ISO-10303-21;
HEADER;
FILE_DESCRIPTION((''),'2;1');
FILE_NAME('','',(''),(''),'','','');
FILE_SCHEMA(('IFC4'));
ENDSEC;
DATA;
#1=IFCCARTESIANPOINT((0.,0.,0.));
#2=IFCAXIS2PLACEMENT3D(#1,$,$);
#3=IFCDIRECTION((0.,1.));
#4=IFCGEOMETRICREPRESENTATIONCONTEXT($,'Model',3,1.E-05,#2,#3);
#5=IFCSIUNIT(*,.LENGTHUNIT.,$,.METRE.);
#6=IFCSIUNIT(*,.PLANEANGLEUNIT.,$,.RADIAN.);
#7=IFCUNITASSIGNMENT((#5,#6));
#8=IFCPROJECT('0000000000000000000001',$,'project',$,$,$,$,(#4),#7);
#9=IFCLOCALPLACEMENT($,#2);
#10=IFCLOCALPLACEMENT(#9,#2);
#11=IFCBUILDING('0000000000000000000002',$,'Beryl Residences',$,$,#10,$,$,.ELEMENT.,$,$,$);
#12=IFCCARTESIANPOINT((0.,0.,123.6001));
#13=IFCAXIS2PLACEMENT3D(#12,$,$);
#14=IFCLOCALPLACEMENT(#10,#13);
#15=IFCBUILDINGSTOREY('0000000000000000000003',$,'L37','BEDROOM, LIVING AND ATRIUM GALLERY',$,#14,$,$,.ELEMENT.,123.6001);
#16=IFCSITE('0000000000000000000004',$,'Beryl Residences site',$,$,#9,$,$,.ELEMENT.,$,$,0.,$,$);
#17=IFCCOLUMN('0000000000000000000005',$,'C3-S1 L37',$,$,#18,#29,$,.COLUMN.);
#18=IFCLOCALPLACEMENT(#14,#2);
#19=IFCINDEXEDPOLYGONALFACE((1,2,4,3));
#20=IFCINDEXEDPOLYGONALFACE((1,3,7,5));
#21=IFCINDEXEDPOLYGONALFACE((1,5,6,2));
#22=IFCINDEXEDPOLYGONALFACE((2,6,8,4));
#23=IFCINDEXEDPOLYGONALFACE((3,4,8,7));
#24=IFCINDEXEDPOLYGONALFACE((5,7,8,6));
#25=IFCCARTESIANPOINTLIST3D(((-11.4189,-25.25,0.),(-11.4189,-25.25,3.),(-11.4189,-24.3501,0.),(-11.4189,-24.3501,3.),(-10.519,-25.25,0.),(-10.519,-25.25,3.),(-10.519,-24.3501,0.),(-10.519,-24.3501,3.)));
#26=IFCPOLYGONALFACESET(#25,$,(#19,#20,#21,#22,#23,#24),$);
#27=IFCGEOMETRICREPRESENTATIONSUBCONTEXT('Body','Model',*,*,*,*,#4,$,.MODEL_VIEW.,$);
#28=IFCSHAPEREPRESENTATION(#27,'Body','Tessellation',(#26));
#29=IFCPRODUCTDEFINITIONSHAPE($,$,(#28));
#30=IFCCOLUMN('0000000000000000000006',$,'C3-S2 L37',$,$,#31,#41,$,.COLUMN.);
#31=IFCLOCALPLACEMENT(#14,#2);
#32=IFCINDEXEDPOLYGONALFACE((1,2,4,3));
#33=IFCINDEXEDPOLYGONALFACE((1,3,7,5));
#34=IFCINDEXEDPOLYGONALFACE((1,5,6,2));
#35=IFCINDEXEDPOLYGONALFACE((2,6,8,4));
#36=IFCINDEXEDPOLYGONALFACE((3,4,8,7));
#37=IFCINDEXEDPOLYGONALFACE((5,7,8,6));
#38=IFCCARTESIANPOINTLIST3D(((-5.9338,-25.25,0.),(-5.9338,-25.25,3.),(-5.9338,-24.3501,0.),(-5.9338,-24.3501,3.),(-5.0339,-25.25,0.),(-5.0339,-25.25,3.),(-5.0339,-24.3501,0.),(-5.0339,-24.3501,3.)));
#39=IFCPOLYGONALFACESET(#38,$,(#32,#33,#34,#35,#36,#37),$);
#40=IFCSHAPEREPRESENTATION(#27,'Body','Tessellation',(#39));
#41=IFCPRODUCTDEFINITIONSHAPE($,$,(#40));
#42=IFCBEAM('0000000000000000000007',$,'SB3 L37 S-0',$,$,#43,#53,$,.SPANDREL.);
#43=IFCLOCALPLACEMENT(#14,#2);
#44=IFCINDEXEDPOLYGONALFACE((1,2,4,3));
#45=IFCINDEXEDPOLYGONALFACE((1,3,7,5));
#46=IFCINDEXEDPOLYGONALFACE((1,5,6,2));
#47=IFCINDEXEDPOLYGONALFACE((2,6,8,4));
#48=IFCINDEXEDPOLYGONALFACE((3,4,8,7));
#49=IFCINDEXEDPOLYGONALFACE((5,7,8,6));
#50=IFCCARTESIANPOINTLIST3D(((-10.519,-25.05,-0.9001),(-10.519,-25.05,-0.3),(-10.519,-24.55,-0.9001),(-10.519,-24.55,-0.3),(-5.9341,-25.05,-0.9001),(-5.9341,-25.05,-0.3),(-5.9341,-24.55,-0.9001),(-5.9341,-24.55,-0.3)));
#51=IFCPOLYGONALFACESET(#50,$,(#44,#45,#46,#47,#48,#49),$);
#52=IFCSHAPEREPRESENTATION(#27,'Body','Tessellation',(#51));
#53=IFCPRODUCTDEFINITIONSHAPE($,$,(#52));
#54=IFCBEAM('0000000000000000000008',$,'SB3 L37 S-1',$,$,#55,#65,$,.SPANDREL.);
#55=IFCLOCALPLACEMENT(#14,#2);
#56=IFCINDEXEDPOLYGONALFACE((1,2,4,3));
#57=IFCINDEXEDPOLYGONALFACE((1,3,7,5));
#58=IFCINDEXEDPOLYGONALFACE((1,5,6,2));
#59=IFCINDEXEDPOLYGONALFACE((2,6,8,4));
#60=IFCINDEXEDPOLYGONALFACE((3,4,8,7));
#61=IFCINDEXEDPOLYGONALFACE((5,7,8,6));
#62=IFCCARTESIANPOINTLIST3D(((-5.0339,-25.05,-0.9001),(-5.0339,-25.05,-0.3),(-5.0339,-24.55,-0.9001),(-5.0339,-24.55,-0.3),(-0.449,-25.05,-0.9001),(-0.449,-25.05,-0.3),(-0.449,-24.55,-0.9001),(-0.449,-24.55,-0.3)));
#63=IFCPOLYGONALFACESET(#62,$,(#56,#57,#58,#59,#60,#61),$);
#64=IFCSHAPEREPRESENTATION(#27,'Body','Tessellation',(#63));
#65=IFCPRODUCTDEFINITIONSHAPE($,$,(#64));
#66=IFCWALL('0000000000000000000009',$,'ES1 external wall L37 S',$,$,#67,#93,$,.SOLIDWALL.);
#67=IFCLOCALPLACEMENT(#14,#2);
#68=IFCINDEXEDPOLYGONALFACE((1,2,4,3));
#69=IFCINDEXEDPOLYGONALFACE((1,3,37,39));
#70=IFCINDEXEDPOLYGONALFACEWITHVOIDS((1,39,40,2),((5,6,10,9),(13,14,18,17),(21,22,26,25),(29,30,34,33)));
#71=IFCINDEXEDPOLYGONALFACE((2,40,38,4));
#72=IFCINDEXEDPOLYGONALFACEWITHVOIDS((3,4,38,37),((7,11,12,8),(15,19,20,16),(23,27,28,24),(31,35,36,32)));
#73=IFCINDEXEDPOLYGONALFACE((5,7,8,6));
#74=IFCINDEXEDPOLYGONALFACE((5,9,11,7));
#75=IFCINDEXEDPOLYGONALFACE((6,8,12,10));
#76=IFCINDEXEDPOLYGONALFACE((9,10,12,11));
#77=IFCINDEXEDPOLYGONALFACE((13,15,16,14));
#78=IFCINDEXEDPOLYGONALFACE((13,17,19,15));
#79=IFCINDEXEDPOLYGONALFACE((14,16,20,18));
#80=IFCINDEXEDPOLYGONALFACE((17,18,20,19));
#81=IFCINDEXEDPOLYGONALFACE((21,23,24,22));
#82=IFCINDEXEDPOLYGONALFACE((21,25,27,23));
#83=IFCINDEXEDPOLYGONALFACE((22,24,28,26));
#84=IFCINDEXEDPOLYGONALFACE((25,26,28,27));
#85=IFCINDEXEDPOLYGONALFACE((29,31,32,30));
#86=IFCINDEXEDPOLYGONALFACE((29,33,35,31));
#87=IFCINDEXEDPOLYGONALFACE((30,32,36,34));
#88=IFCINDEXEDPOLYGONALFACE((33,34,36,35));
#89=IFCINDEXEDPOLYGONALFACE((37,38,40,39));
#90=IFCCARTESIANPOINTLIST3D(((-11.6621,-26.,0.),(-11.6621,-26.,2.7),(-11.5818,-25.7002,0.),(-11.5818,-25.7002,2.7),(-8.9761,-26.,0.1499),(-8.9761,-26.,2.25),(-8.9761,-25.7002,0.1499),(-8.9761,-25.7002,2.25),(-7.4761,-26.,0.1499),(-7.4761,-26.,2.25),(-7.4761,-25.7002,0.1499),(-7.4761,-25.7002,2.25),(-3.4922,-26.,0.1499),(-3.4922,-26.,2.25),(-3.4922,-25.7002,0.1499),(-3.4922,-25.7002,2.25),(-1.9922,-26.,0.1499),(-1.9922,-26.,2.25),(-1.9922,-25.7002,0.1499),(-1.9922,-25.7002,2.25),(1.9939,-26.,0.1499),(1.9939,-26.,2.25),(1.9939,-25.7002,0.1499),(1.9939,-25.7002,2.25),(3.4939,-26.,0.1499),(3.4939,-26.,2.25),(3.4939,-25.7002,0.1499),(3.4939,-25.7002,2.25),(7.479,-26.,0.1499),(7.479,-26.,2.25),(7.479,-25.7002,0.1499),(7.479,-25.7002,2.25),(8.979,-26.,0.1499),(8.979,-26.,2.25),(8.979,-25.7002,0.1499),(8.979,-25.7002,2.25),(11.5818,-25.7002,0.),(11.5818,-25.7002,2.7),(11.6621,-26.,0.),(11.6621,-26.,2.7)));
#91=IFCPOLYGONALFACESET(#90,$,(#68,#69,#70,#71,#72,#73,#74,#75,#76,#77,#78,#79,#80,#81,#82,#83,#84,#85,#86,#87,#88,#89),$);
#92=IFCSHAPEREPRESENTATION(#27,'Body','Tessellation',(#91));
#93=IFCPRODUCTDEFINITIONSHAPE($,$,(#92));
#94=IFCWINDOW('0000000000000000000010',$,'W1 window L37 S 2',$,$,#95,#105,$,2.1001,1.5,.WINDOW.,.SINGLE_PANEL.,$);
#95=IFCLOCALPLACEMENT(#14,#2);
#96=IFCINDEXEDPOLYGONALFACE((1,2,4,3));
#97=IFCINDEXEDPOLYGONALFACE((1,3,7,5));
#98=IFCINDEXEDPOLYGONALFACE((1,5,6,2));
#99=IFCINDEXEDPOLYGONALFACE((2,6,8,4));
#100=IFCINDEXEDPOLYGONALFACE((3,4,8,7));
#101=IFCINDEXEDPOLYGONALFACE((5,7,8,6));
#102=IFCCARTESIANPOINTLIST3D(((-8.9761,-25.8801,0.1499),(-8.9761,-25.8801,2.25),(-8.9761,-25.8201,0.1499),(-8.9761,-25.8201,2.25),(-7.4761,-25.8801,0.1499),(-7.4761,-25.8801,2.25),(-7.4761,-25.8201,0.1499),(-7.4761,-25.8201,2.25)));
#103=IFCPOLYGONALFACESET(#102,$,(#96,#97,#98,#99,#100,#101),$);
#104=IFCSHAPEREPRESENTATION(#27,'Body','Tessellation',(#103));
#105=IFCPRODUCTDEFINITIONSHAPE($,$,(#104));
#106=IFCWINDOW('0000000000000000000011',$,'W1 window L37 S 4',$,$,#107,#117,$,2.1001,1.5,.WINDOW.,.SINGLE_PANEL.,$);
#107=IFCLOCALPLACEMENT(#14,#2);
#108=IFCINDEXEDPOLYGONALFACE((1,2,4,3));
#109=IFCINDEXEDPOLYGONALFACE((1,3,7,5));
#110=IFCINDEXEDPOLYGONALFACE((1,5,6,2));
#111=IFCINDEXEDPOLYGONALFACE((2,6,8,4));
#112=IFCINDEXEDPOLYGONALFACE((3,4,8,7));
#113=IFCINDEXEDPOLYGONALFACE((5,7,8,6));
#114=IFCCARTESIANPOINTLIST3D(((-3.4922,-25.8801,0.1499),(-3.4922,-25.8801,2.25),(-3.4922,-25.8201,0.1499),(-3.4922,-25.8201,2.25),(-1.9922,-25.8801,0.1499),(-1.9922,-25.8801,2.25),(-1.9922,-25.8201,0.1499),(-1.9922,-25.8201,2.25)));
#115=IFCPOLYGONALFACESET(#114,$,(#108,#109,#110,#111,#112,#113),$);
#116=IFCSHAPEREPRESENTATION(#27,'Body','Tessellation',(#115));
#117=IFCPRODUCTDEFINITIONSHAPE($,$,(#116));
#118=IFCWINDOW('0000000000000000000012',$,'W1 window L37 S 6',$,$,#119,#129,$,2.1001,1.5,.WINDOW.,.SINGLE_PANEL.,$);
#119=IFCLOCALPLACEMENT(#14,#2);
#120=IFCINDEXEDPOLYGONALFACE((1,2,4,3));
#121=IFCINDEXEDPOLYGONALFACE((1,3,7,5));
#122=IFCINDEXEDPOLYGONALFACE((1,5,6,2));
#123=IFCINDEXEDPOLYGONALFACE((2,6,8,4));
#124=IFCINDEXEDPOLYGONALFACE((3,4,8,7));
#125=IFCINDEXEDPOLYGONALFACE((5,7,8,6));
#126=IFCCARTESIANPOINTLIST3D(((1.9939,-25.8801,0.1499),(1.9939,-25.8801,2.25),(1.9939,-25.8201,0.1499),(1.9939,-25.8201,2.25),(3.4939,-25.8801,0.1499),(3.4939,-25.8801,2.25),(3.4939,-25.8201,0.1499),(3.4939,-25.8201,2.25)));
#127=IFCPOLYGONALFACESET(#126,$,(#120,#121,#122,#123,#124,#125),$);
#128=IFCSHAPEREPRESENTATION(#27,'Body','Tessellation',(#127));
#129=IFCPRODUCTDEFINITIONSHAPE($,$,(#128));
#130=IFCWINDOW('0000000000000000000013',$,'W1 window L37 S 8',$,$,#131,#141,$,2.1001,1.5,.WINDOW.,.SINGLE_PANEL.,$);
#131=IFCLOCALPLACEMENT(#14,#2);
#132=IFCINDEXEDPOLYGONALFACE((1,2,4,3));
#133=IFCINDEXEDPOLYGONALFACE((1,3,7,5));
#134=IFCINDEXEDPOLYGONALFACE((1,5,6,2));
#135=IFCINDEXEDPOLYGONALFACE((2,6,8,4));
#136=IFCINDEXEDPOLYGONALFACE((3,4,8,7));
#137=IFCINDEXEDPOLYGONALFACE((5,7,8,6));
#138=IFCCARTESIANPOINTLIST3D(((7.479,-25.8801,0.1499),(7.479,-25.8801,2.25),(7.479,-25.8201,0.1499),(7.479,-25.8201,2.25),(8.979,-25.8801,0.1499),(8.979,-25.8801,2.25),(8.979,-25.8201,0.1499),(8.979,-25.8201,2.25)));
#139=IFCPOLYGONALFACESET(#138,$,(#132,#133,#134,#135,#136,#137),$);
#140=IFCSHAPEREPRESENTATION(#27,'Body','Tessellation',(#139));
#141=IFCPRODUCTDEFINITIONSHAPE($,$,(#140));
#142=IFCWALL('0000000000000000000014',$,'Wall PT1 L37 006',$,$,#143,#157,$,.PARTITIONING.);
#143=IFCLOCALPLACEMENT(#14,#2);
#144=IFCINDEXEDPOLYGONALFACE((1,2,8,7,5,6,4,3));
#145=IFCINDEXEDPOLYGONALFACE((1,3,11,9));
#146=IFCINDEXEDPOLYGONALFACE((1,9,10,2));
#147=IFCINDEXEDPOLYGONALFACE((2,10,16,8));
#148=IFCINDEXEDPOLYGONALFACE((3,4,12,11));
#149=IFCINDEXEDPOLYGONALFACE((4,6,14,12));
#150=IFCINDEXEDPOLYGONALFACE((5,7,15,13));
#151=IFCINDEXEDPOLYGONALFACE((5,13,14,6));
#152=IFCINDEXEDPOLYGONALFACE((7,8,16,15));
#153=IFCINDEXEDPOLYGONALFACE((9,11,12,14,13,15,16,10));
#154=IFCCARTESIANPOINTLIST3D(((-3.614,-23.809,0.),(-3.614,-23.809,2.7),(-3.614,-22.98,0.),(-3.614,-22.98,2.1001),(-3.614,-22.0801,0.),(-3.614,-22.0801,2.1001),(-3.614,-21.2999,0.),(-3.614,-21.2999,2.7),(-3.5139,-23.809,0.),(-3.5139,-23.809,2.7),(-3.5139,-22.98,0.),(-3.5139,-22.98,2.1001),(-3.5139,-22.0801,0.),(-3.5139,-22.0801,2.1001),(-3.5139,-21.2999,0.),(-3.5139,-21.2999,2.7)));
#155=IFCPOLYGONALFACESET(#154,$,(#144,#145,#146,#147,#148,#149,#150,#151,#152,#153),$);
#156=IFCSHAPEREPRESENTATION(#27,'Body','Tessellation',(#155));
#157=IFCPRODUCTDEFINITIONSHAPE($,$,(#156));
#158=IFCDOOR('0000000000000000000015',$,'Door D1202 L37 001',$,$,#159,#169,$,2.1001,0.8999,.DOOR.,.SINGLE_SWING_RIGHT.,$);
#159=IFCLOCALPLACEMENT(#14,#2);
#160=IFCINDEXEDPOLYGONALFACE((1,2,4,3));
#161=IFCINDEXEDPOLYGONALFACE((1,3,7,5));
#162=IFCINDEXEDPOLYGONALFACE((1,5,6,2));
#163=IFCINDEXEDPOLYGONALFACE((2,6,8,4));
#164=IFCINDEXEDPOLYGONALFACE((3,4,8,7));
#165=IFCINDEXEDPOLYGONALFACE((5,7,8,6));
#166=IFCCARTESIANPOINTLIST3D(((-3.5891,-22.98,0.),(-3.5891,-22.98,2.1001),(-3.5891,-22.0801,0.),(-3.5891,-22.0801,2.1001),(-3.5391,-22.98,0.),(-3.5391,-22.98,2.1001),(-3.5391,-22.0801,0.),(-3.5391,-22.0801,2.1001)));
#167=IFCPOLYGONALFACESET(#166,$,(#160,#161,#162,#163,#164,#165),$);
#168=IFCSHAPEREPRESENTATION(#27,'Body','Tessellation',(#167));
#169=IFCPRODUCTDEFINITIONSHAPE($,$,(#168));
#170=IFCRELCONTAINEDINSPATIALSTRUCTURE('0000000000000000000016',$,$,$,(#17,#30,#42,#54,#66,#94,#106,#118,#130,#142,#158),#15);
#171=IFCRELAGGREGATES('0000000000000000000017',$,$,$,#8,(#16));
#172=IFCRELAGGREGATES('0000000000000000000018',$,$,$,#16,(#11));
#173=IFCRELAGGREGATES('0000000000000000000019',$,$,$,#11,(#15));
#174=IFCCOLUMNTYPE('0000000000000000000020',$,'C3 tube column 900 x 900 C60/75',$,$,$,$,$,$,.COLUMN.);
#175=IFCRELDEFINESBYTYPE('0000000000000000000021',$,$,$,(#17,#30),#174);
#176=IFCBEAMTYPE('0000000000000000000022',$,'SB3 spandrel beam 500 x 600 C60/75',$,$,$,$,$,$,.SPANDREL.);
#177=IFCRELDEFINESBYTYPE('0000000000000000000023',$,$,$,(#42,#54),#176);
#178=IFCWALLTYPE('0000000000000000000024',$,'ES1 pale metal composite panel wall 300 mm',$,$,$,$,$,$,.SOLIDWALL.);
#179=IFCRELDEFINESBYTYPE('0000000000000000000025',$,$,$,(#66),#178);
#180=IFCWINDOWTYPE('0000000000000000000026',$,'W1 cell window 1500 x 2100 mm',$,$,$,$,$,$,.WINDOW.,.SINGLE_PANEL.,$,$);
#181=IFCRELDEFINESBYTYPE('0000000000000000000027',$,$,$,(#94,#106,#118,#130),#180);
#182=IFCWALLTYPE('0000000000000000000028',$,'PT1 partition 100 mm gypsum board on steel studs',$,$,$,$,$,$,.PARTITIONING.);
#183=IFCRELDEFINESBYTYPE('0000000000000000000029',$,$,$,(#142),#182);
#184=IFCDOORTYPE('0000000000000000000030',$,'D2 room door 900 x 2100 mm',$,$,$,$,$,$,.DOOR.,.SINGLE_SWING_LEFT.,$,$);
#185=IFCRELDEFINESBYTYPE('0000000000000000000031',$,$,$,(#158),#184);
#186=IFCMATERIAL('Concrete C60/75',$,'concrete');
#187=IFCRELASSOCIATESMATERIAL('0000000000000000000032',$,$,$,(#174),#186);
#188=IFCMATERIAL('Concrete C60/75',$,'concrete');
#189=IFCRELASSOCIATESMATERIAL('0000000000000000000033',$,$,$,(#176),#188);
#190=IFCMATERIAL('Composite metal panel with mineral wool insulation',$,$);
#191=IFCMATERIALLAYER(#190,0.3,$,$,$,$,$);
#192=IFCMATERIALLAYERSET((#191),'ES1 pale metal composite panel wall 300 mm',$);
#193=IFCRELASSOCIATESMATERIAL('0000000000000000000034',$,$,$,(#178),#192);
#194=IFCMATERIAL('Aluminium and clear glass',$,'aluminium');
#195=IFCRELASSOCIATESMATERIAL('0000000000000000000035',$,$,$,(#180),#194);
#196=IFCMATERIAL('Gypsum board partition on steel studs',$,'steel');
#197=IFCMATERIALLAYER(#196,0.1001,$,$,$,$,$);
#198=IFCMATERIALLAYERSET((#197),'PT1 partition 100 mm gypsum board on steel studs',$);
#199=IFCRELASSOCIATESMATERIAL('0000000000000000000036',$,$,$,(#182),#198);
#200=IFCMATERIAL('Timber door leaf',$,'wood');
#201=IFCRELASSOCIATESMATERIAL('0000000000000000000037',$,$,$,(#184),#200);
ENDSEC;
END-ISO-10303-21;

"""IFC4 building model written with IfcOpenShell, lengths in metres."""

from ifc_helpers import new_model, si_unit, direction, frame, frame_2d, origin, origin_2d, place, context, subcontext, project, spatial, polyline, rectangle, outline, extrude, material, layer, layer_set, material_profile, profile_set, type_object, element, fill, save


model = new_model("IFC4")

# Units and contexts
model_context = context("Model", 3, precision=1e-05, world=origin(), true_north=direction((0.0, 1.0)))
body_context = subcontext(model_context, "Body", "Model", "MODEL_VIEW")
ifc_project = project(units=[si_unit("LENGTHUNIT", "METRE"), si_unit("PLANEANGLEUNIT", "RADIAN")], contexts=[model_context])

# Site, building, storey
site_placement = place(None, origin())
site = spatial("IfcSite", under=ifc_project, at=site_placement, Name="Beryl Residences site", CompositionType="ELEMENT", RefElevation=0.0)
building_placement = place(site_placement, origin())
building = spatial("IfcBuilding", under=site, at=building_placement, Name="Beryl Residences", CompositionType="ELEMENT")
storey_placement = place(building_placement, frame((0.0, 0.0, 123.6001)))
storey = spatial("IfcBuildingStorey", under=building, at=storey_placement, Name="L37", Description="BEDROOM, LIVING AND ATRIUM GALLERY", CompositionType="ELEMENT", Elevation=123.6001)

# Columns
ifc_material_1 = material(Name="Concrete C60/75", Category="concrete")
ifc_material_profile_1 = material_profile(ifc_material_1, rectangle(XDim=0.8999, YDim=0.8999, at=origin_2d()))
ifc_profile_set_1 = profile_set([ifc_material_profile_1], Name="Concrete C60/75")
column_type = type_object("IfcColumnType", Name="C3 tube column 900 x 900 C60/75", PredefinedType="COLUMN", material=ifc_profile_set_1)
for number, where, z_axis, x_axis, name in (
    (1, (-10.969, -24.8, 0.0), (0.0, 0.0, 1.0), (1.0, 0.0, 0.0), "C3-S1 L37"),
    (2, (-5.4839, -24.8, 0.0), (0.0, 0.0, 1.0), (1.0, 0.0, 0.0), "C3-S2 L37"),
):
    element("IfcColumn", number, at=place(storey_placement, frame(where, z_axis=z_axis, x_axis=x_axis)), inside=storey, type_object=column_type, Name=name, PredefinedType="COLUMN", context=body_context, shape_type="SweptSolid", body=[
        extrude(rectangle(XDim=0.8999, YDim=0.8999, at=origin_2d()), origin(), (0.0, 0.0, 1.0), 3.0),
    ])

# Beams
ifc_material_2 = material(Name="Concrete C60/75", Category="concrete")
ifc_material_profile_2 = material_profile(ifc_material_2, rectangle(XDim=0.5, YDim=0.6001, at=origin_2d()))
ifc_profile_set_2 = profile_set([ifc_material_profile_2], Name="Concrete C60/75")
beam_type = type_object("IfcBeamType", Name="SB3 spandrel beam 500 x 600 C60/75", PredefinedType="SPANDREL", material=ifc_profile_set_2)
for number, where, z_axis, x_axis, name in (
    (3, (-10.519, -24.8, -0.6001), (1.0, 0.0, 0.0), (0.0, 1.0, 0.0), "SB3 L37 S-0"),
    (4, (-5.0339, -24.8, -0.6001), (1.0, 0.0, 0.0), (0.0, 1.0, 0.0), "SB3 L37 S-1"),
):
    element("IfcBeam", number, at=place(storey_placement, frame(where, z_axis=z_axis, x_axis=x_axis)), inside=storey, type_object=beam_type, Name=name, PredefinedType="SPANDREL", context=body_context, shape_type="SweptSolid", body=[
        extrude(rectangle(XDim=0.5, YDim=0.6001, at=origin_2d()), origin(), (0.0, 0.0, 1.0), 4.585),
    ])

# Wall, openings, windows
ifc_material_3 = material(Name="Composite metal panel with mineral wool insulation")
ifc_layer_1 = layer(ifc_material_3, 0.3)
ifc_layer_set_1 = layer_set([ifc_layer_1], Name="ES1 pale metal composite panel wall 300 mm")
wall_type_1 = type_object("IfcWallType", Name="ES1 pale metal composite panel wall 300 mm", PredefinedType="SOLIDWALL", material=ifc_layer_set_1)
wall_1_placement = place(storey_placement, frame((-11.6621, -25.8501, 0.0), z_axis=(0.0, 0.0, 1.0), x_axis=(1.0, 0.0, 0.0)))
wall_1 = element("IfcWall", 5, at=wall_1_placement, inside=storey, type_object=wall_type_1, Name="ES1 external wall L37 S", PredefinedType="SOLIDWALL", context=body_context, shape_type="SweptSolid", body=[
    extrude(outline(polyline([(0.0, -0.1499), (23.3242, -0.1499), (23.2439, 0.1499), (0.0803, 0.1499), (0.0, -0.1499)])), origin(), (0.0, 0.0, 1.0), 2.7),
])
opening_1_placement = place(wall_1_placement, frame((2.686, 0.0, 0.1499)))
opening_1 = element("IfcOpeningElement", 6, at=opening_1_placement, cuts=wall_1, PredefinedType="OPENING", context=body_context, shape_type="SweptSolid", body=[
    extrude(rectangle(XDim=1.5, YDim=2.1001, at=frame_2d((0.75, 1.05))), frame((0.0, 0.1599, 0.0), z_axis=(0.0, -1.0, 0.0), x_axis=(1.0, 0.0, 0.0)), (0.0, 0.0, 1.0), 0.3201),
])
opening_2_placement = place(wall_1_placement, frame((8.1699, 0.0, 0.1499)))
opening_2 = element("IfcOpeningElement", 7, at=opening_2_placement, cuts=wall_1, PredefinedType="OPENING", context=body_context, shape_type="SweptSolid", body=[
    extrude(rectangle(XDim=1.5, YDim=2.1001, at=frame_2d((0.75, 1.05))), frame((0.0, 0.1599, 0.0), z_axis=(0.0, -1.0, 0.0), x_axis=(1.0, 0.0, 0.0)), (0.0, 0.0, 1.0), 0.3201),
])
opening_3_placement = place(wall_1_placement, frame((13.656, 0.0, 0.1499)))
opening_3 = element("IfcOpeningElement", 8, at=opening_3_placement, cuts=wall_1, PredefinedType="OPENING", context=body_context, shape_type="SweptSolid", body=[
    extrude(rectangle(XDim=1.5, YDim=2.1001, at=frame_2d((0.75, 1.05))), frame((0.0, 0.1599, 0.0), z_axis=(0.0, -1.0, 0.0), x_axis=(1.0, 0.0, 0.0)), (0.0, 0.0, 1.0), 0.3201),
])
opening_4_placement = place(wall_1_placement, frame((19.1411, 0.0, 0.1499)))
opening_4 = element("IfcOpeningElement", 9, at=opening_4_placement, cuts=wall_1, PredefinedType="OPENING", context=body_context, shape_type="SweptSolid", body=[
    extrude(rectangle(XDim=1.5, YDim=2.1001, at=frame_2d((0.75, 1.05))), frame((0.0, 0.1599, 0.0), z_axis=(0.0, -1.0, 0.0), x_axis=(1.0, 0.0, 0.0)), (0.0, 0.0, 1.0), 0.3201),
])
ifc_material_4 = material(Name="Aluminium and clear glass", Category="aluminium")
window_type = type_object("IfcWindowType", Name="W1 cell window 1500 x 2100 mm", PartitioningType="SINGLE_PANEL", PredefinedType="WINDOW", material=ifc_material_4)
window_1_placement = place(opening_1_placement, origin())
window_1 = element("IfcWindow", 10, at=window_1_placement, inside=storey, type_object=window_type, Name="W1 window L37 S 2", OverallHeight=2.1001, OverallWidth=1.5, PartitioningType="SINGLE_PANEL", PredefinedType="WINDOW", context=body_context, shape_type="SweptSolid", body=[
    extrude(rectangle(XDim=1.5, YDim=2.1001, at=frame_2d((0.75, 1.05))), frame((0.0, 0.03, 0.0), z_axis=(0.0, -1.0, 0.0), x_axis=(1.0, 0.0, 0.0)), (0.0, 0.0, 1.0), 0.0601),
])
fill(opening_1, window_1)
window_2_placement = place(opening_2_placement, origin())
window_2 = element("IfcWindow", 11, at=window_2_placement, inside=storey, type_object=window_type, Name="W1 window L37 S 4", OverallHeight=2.1001, OverallWidth=1.5, PartitioningType="SINGLE_PANEL", PredefinedType="WINDOW", context=body_context, shape_type="SweptSolid", body=[
    extrude(rectangle(XDim=1.5, YDim=2.1001, at=frame_2d((0.75, 1.05))), frame((0.0, 0.03, 0.0), z_axis=(0.0, -1.0, 0.0), x_axis=(1.0, 0.0, 0.0)), (0.0, 0.0, 1.0), 0.0601),
])
fill(opening_2, window_2)
window_3_placement = place(opening_3_placement, origin())
window_3 = element("IfcWindow", 12, at=window_3_placement, inside=storey, type_object=window_type, Name="W1 window L37 S 6", OverallHeight=2.1001, OverallWidth=1.5, PartitioningType="SINGLE_PANEL", PredefinedType="WINDOW", context=body_context, shape_type="SweptSolid", body=[
    extrude(rectangle(XDim=1.5, YDim=2.1001, at=frame_2d((0.75, 1.05))), frame((0.0, 0.03, 0.0), z_axis=(0.0, -1.0, 0.0), x_axis=(1.0, 0.0, 0.0)), (0.0, 0.0, 1.0), 0.0601),
])
fill(opening_3, window_3)
window_4_placement = place(opening_4_placement, origin())
window_4 = element("IfcWindow", 13, at=window_4_placement, inside=storey, type_object=window_type, Name="W1 window L37 S 8", OverallHeight=2.1001, OverallWidth=1.5, PartitioningType="SINGLE_PANEL", PredefinedType="WINDOW", context=body_context, shape_type="SweptSolid", body=[
    extrude(rectangle(XDim=1.5, YDim=2.1001, at=frame_2d((0.75, 1.05))), frame((0.0, 0.03, 0.0), z_axis=(0.0, -1.0, 0.0), x_axis=(1.0, 0.0, 0.0)), (0.0, 0.0, 1.0), 0.0601),
])
fill(opening_4, window_4)

# Wall, opening, door
ifc_material_5 = material(Name="Gypsum board partition on steel studs", Category="steel")
ifc_layer_2 = layer(ifc_material_5, 0.1001)
ifc_layer_set_2 = layer_set([ifc_layer_2], Name="PT1 partition 100 mm gypsum board on steel studs")
wall_type_2 = type_object("IfcWallType", Name="PT1 partition 100 mm gypsum board on steel studs", PredefinedType="PARTITIONING", material=ifc_layer_set_2)
wall_2_placement = place(storey_placement, frame((-3.564, -21.3, 0.0), z_axis=(0.0, 0.0, 1.0), x_axis=(0.0, -1.0, 0.0)))
wall_2 = element("IfcWall", 14, at=wall_2_placement, inside=storey, type_object=wall_type_2, Name="Wall PT1 L37 006", PredefinedType="PARTITIONING", context=body_context, shape_type="SweptSolid", body=[
    extrude(rectangle(XDim=2.509, YDim=0.1001, at=frame_2d((1.2544, 0.0))), origin(), (0.0, 0.0, 1.0), 2.7),
])
opening_5_placement = place(wall_2_placement, frame((0.78, 0.0, 0.0)))
opening_5 = element("IfcOpeningElement", 15, at=opening_5_placement, cuts=wall_2, PredefinedType="OPENING", context=body_context, shape_type="SweptSolid", body=[
    extrude(rectangle(XDim=0.8999, YDim=2.1001, at=frame_2d((0.45, 1.05))), frame((0.0, 0.0601, 0.0), z_axis=(0.0, -1.0, 0.0), x_axis=(1.0, 0.0, 0.0)), (0.0, 0.0, 1.0), 0.1201),
])
ifc_material_6 = material(Name="Timber door leaf", Category="wood")
door_type_1 = type_object("IfcDoorType", Name="D2 room door 900 x 2100 mm", OperationType="SINGLE_SWING_LEFT", PredefinedType="DOOR", material=ifc_material_6)
door_1_placement = place(opening_5_placement, origin())
door_1 = element("IfcDoor", 16, at=door_1_placement, inside=storey, type_object=door_type_1, Name="Door D1202 L37 001", OperationType="SINGLE_SWING_RIGHT", OverallHeight=2.1001, OverallWidth=0.8999, PredefinedType="DOOR", context=body_context, shape_type="SweptSolid", body=[
    extrude(rectangle(XDim=0.8999, YDim=2.1001, at=frame_2d((0.45, 1.05))), frame((0.0, 0.0249, 0.0), z_axis=(0.0, -1.0, 0.0), x_axis=(1.0, 0.0, 0.0)), (0.0, 0.0, 1.0), 0.05),
])
fill(opening_5, door_1)

save(model, "model.ifc")
